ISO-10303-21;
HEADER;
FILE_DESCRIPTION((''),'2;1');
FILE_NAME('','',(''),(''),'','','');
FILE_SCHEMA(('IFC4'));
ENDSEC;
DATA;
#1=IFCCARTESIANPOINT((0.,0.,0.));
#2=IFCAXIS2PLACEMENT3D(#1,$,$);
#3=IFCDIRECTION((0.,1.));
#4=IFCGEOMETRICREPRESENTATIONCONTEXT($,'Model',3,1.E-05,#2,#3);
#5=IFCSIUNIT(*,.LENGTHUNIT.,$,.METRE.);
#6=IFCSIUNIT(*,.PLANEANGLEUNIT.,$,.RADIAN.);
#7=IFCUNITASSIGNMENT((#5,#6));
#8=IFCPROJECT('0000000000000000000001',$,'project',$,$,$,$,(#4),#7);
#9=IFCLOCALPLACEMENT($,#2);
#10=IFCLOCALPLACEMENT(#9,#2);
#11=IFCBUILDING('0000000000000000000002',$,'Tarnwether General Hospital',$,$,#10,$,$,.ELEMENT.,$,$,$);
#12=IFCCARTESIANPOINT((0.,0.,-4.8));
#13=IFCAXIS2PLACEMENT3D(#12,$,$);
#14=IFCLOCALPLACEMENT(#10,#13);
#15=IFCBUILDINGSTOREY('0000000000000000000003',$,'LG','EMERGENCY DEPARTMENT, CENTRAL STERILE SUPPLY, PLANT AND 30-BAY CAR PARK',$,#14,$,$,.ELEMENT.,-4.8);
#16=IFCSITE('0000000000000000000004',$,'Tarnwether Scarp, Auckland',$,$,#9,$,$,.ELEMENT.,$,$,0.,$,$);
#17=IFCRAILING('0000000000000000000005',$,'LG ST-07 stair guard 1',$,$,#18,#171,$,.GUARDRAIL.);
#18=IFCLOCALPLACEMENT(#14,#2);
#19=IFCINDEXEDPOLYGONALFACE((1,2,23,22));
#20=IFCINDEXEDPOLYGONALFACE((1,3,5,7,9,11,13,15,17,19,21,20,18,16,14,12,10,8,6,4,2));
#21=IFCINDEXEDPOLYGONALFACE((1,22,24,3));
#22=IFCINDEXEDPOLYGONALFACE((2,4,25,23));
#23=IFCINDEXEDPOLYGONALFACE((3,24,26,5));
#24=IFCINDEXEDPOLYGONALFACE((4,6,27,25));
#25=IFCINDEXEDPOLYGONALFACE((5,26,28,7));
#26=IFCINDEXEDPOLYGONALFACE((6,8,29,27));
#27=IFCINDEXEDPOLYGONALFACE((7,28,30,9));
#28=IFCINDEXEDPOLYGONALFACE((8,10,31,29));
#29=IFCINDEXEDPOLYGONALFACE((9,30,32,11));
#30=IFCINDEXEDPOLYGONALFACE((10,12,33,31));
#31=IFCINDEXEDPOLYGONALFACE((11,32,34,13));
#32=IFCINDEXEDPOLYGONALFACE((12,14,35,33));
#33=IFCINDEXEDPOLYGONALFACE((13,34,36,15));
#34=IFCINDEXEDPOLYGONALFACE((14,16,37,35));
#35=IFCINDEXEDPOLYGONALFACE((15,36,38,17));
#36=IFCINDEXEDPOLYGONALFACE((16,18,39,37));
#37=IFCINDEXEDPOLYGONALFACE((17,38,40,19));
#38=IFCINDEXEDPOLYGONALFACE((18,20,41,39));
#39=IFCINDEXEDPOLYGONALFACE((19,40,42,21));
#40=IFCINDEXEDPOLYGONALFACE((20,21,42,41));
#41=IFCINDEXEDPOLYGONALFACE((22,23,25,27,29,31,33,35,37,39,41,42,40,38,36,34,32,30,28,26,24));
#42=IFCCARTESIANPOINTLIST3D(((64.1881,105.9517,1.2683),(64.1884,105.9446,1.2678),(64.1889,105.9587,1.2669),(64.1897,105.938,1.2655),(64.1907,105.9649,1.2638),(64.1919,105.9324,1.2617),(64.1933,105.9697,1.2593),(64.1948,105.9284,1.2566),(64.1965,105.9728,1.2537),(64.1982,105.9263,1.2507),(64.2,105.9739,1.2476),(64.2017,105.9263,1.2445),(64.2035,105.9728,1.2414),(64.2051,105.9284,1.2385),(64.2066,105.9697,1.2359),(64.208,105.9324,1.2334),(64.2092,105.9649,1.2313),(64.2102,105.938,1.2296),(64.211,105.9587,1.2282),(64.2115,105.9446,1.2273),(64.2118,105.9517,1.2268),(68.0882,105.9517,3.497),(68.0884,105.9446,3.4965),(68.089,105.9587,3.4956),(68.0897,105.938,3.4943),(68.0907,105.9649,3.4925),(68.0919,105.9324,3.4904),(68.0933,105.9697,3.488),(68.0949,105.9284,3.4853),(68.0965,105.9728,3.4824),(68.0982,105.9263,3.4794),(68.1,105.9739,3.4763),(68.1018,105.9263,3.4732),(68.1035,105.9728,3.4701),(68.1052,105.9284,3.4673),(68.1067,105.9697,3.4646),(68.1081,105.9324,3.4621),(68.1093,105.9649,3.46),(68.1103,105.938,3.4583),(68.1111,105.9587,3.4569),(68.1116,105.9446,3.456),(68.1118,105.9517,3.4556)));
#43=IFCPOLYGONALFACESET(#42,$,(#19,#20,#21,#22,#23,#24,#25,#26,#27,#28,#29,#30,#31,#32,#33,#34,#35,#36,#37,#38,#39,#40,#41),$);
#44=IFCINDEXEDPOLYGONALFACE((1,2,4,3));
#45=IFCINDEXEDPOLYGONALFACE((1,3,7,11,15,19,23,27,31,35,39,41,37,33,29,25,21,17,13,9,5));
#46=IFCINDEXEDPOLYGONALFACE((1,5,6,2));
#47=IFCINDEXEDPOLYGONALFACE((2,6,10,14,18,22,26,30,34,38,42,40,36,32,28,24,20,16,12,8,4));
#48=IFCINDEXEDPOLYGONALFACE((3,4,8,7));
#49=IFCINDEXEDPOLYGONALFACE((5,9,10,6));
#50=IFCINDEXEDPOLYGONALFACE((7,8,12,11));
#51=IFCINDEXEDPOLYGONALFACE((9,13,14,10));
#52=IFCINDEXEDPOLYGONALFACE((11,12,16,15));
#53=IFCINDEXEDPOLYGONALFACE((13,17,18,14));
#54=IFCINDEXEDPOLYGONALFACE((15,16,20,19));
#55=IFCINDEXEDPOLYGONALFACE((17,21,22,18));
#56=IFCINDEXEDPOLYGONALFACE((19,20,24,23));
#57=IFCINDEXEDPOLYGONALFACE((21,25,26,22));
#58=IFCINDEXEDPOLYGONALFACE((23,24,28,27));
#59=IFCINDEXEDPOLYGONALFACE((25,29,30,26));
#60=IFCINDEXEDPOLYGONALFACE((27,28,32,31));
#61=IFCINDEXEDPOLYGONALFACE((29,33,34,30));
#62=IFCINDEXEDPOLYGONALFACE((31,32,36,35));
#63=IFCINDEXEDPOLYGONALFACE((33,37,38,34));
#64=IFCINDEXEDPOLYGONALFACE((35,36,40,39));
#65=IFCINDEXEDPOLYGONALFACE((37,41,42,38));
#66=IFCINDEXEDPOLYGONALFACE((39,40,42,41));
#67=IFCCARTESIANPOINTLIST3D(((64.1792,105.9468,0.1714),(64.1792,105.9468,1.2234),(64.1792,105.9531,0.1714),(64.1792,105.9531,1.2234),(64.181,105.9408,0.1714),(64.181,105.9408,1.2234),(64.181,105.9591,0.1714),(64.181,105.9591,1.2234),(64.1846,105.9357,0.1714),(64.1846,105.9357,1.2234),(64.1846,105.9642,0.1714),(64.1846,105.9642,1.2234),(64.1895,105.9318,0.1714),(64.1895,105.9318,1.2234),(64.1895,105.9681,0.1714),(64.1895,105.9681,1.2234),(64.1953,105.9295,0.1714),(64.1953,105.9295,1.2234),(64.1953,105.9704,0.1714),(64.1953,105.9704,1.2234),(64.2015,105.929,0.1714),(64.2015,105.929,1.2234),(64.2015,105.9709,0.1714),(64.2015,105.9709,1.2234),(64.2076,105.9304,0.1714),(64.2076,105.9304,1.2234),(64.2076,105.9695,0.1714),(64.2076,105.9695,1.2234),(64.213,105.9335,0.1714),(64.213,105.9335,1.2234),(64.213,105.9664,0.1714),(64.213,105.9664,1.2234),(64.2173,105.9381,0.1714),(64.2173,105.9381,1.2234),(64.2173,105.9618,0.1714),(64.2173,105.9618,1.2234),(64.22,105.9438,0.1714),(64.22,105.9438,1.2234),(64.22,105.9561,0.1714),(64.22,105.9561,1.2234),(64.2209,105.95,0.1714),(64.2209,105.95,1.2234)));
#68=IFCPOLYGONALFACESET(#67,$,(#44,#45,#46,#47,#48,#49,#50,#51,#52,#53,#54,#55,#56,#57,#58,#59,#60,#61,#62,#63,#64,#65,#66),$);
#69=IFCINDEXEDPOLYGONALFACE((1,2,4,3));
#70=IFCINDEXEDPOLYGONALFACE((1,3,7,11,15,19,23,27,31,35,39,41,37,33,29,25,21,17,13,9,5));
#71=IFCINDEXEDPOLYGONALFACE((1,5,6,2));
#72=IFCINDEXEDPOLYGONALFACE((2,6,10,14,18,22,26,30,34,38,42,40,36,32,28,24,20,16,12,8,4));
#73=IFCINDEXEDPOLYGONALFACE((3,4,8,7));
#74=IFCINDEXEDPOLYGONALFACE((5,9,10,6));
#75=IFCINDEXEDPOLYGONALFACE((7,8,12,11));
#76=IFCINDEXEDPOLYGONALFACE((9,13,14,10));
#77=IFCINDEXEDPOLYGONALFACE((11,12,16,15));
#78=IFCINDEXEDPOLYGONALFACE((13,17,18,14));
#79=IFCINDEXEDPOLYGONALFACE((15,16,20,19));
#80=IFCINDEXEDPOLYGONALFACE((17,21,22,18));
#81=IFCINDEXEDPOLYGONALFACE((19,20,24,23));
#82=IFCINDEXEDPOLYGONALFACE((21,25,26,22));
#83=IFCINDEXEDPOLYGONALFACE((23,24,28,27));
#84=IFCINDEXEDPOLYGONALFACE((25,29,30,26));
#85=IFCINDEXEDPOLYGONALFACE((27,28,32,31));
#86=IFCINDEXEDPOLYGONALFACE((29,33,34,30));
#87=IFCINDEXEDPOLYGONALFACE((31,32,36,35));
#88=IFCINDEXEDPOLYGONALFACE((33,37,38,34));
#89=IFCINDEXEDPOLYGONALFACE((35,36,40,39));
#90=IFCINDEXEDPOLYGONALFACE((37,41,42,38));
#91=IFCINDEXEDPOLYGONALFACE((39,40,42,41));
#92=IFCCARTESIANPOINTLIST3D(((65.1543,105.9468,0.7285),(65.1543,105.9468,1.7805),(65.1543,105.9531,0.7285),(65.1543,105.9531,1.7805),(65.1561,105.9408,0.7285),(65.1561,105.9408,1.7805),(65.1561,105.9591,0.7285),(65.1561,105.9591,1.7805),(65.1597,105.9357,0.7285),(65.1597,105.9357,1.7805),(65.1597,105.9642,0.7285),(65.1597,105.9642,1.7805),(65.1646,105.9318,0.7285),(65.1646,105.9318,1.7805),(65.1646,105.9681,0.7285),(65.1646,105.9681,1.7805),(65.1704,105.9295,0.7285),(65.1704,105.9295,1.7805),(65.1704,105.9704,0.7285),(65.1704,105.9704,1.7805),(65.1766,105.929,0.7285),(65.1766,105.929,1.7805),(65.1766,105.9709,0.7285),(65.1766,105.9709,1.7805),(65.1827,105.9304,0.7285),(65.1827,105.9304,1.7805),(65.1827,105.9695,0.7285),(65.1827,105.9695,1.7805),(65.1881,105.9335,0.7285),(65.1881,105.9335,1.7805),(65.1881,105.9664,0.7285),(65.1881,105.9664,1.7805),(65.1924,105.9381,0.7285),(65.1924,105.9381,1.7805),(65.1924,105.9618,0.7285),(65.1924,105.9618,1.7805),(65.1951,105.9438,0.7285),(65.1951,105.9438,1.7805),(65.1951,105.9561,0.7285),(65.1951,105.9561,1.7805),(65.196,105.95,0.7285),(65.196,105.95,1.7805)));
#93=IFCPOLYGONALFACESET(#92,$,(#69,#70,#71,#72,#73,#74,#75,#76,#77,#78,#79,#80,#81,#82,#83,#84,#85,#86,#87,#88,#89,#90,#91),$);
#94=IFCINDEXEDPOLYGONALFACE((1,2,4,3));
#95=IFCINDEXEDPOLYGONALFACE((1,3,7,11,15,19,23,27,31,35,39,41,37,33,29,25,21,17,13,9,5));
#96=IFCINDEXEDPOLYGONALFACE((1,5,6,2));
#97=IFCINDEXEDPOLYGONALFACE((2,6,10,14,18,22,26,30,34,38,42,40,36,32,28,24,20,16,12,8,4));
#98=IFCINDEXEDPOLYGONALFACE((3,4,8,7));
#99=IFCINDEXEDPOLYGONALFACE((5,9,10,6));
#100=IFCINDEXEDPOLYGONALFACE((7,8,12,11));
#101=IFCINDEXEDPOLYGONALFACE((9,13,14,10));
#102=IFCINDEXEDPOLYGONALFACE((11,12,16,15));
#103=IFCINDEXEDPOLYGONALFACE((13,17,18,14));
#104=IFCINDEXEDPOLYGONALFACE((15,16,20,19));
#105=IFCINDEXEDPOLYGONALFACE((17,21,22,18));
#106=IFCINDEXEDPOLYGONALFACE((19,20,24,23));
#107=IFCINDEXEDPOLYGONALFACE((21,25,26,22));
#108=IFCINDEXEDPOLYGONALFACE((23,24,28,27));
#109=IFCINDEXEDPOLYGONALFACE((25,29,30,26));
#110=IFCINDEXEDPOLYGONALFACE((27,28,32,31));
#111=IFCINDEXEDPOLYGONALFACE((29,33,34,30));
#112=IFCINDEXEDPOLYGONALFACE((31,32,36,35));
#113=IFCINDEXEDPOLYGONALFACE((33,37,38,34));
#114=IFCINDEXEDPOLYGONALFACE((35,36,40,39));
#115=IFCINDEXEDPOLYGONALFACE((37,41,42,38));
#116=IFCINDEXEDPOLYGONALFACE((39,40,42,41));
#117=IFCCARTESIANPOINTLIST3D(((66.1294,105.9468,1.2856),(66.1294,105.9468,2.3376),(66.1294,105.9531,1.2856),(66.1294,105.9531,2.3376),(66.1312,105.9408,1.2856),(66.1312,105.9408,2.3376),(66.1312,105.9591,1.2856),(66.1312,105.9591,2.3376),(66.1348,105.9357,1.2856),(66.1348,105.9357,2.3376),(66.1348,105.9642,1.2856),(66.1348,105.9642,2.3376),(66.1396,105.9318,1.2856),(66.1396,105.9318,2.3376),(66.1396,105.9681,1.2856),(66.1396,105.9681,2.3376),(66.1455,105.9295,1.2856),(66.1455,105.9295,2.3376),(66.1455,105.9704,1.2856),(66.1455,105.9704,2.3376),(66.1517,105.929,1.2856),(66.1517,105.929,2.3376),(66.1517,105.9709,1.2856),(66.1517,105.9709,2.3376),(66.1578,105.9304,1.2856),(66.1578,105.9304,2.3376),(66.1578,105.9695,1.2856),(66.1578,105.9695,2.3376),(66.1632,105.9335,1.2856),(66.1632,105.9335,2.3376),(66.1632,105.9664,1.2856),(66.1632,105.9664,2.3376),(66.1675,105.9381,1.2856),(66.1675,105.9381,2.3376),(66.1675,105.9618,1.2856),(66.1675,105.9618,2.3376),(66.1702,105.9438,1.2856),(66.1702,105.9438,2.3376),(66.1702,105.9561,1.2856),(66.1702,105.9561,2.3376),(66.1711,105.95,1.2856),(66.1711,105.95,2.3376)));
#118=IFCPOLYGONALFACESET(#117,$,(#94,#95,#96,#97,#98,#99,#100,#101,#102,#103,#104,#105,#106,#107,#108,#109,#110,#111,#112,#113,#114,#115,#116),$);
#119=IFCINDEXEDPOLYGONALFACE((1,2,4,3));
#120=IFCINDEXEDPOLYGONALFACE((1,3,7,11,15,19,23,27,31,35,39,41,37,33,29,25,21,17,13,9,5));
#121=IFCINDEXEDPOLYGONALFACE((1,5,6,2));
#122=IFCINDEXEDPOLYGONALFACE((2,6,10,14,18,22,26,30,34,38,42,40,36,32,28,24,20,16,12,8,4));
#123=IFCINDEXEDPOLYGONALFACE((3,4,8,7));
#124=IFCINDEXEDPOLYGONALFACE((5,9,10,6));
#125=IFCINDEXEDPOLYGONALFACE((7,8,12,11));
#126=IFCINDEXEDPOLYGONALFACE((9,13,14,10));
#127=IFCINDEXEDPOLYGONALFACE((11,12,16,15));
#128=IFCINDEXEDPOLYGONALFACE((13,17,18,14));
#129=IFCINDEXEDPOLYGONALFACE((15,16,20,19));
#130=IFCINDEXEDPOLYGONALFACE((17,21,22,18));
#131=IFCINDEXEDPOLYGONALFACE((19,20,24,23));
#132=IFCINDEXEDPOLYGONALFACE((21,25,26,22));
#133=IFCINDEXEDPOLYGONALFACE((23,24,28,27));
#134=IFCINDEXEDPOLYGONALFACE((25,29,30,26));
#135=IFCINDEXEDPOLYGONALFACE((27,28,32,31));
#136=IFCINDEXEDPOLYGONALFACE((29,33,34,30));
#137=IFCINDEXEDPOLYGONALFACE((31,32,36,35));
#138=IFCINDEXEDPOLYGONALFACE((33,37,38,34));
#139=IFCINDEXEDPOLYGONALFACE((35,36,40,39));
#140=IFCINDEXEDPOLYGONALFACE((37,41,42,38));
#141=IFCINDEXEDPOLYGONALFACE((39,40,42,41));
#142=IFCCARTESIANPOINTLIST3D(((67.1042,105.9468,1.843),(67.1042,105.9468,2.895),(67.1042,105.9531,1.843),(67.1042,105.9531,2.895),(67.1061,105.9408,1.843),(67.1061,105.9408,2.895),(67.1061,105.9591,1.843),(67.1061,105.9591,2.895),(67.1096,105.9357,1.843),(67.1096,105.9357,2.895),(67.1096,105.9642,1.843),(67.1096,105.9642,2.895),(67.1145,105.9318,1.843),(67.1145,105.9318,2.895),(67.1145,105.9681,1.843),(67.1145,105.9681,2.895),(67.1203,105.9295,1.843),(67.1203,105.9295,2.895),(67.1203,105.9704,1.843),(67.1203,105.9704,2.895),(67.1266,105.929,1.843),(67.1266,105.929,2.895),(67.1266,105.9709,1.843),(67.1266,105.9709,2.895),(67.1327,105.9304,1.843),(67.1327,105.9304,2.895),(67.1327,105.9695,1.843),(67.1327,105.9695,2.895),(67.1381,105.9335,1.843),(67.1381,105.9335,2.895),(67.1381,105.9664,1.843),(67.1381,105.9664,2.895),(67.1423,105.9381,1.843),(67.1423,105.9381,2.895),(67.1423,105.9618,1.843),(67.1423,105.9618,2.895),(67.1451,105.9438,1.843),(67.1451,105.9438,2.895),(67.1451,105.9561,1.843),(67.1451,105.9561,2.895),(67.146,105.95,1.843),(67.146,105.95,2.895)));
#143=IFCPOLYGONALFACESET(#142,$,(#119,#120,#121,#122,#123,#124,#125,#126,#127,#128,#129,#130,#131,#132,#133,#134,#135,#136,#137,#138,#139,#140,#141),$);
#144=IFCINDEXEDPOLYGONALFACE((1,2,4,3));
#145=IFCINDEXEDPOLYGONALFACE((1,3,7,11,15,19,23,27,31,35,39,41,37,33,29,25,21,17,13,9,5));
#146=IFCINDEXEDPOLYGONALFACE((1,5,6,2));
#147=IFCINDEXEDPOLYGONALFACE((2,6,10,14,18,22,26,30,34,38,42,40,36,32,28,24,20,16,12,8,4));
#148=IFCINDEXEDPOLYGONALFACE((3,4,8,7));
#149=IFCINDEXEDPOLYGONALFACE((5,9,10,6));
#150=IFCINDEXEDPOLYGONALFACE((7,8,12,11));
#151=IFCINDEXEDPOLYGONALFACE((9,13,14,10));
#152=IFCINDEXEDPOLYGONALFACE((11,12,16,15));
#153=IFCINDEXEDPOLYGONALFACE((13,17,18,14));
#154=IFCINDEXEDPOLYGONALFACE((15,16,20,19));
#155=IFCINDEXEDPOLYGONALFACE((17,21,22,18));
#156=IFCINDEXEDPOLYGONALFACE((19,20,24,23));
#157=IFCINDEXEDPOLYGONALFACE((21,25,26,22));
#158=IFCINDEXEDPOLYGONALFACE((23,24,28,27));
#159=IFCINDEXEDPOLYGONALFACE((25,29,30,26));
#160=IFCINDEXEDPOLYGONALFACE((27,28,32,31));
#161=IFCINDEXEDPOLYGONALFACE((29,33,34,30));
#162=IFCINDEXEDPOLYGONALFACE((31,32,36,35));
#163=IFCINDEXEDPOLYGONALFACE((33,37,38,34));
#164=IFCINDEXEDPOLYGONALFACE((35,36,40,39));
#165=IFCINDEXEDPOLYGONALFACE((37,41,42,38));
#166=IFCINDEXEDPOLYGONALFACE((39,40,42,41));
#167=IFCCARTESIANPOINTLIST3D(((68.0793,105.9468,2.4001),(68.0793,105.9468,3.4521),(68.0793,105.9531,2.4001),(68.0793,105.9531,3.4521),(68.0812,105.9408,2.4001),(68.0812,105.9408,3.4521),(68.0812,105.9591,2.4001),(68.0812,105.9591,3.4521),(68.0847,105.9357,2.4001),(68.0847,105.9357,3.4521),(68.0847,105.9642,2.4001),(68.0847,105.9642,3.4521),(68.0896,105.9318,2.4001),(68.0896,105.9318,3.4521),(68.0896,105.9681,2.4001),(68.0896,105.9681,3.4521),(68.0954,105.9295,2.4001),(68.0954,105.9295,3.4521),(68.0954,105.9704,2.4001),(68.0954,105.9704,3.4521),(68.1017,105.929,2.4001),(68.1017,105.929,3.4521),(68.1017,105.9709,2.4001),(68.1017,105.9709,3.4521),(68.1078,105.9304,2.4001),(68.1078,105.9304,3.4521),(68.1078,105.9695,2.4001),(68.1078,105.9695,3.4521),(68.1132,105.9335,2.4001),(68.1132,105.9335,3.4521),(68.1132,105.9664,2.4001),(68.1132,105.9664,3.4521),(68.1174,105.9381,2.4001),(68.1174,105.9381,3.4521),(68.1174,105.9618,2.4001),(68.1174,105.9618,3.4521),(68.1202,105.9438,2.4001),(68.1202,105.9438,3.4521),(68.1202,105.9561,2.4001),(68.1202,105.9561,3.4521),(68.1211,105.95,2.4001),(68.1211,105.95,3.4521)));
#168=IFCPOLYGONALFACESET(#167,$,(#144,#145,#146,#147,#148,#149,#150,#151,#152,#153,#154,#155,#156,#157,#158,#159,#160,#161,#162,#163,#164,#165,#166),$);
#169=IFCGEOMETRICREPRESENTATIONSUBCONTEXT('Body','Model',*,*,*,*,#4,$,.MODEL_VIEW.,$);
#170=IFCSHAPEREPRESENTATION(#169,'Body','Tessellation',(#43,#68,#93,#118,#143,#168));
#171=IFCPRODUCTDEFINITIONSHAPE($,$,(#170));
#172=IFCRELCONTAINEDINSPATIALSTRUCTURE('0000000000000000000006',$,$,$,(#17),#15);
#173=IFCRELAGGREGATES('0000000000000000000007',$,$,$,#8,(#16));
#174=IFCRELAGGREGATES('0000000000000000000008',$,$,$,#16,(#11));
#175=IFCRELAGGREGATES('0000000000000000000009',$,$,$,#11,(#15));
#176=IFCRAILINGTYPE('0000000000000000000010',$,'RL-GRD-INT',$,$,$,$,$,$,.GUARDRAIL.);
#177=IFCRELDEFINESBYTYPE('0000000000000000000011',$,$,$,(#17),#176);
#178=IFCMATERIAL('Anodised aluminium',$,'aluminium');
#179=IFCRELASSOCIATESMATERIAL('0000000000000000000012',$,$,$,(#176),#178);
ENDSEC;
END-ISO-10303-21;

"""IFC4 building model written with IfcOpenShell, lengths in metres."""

from ifc_helpers import new_model, si_unit, direction, frame, origin, origin_2d, place, context, subcontext, project, spatial, circle, extrude, material, type_object, element, save


model = new_model("IFC4")

# Units and contexts
model_context = context("Model", 3, precision=1e-05, world=origin(), true_north=direction((0.0, 1.0)))
body_context = subcontext(model_context, "Body", "Model", "MODEL_VIEW")
ifc_project = project(units=[si_unit("LENGTHUNIT", "METRE"), si_unit("PLANEANGLEUNIT", "RADIAN")], contexts=[model_context])

# Site, building, storey
site_placement = place(None, origin())
site = spatial("IfcSite", under=ifc_project, at=site_placement, Name="Tarnwether Scarp, Auckland", CompositionType="ELEMENT", RefElevation=0.0)
building_placement = place(site_placement, origin())
building = spatial("IfcBuilding", under=site, at=building_placement, Name="Tarnwether General Hospital", CompositionType="ELEMENT")
storey_placement = place(building_placement, frame((0.0, 0.0, -4.8)))
storey = spatial("IfcBuildingStorey", under=building, at=storey_placement, Name="LG", Description="EMERGENCY DEPARTMENT, CENTRAL STERILE SUPPLY, PLANT AND 30-BAY CAR PARK", CompositionType="ELEMENT", Elevation=-4.8)

# Railing
ifc_material_1 = material(Name="Anodised aluminium", Category="aluminium")
railing_type_1 = type_object("IfcRailingType", Name="RL-GRD-INT", PredefinedType="GUARDRAIL", material=ifc_material_1)
railing_1_placement = place(storey_placement, frame((64.2, 105.95, 0.1714)))
element("IfcRailing", 1, at=railing_1_placement, inside=storey, type_object=railing_type_1, Name="LG ST-07 stair guard 1", PredefinedType="GUARDRAIL", context=body_context, shape_type="SweptSolid", body=[
    extrude(circle(Radius=0.0239, at=origin_2d()), frame((0.0, 0.0, 1.0762), z_axis=(0.868233, 0.0, 0.496156), x_axis=(0.0, 1.0, 0.0)), (0.0, 0.0, 1.0), 4.4919),
    extrude(circle(Radius=0.021, at=origin_2d()), origin(), (0.0, 0.0, 1.0), 1.052),
    extrude(circle(Radius=0.021, at=origin_2d()), frame((0.9751, 0.0, 0.5571)), (0.0, 0.0, 1.0), 1.052),
    extrude(circle(Radius=0.021, at=origin_2d()), frame((1.9502, 0.0, 1.1143)), (0.0, 0.0, 1.0), 1.052),
    extrude(circle(Radius=0.021, at=origin_2d()), frame((2.925, 0.0, 1.6716)), (0.0, 0.0, 1.0), 1.052),
    extrude(circle(Radius=0.021, at=origin_2d()), frame((3.9001, 0.0, 2.2288)), (0.0, 0.0, 1.0), 1.052),
])

save(model, "model.ifc")
